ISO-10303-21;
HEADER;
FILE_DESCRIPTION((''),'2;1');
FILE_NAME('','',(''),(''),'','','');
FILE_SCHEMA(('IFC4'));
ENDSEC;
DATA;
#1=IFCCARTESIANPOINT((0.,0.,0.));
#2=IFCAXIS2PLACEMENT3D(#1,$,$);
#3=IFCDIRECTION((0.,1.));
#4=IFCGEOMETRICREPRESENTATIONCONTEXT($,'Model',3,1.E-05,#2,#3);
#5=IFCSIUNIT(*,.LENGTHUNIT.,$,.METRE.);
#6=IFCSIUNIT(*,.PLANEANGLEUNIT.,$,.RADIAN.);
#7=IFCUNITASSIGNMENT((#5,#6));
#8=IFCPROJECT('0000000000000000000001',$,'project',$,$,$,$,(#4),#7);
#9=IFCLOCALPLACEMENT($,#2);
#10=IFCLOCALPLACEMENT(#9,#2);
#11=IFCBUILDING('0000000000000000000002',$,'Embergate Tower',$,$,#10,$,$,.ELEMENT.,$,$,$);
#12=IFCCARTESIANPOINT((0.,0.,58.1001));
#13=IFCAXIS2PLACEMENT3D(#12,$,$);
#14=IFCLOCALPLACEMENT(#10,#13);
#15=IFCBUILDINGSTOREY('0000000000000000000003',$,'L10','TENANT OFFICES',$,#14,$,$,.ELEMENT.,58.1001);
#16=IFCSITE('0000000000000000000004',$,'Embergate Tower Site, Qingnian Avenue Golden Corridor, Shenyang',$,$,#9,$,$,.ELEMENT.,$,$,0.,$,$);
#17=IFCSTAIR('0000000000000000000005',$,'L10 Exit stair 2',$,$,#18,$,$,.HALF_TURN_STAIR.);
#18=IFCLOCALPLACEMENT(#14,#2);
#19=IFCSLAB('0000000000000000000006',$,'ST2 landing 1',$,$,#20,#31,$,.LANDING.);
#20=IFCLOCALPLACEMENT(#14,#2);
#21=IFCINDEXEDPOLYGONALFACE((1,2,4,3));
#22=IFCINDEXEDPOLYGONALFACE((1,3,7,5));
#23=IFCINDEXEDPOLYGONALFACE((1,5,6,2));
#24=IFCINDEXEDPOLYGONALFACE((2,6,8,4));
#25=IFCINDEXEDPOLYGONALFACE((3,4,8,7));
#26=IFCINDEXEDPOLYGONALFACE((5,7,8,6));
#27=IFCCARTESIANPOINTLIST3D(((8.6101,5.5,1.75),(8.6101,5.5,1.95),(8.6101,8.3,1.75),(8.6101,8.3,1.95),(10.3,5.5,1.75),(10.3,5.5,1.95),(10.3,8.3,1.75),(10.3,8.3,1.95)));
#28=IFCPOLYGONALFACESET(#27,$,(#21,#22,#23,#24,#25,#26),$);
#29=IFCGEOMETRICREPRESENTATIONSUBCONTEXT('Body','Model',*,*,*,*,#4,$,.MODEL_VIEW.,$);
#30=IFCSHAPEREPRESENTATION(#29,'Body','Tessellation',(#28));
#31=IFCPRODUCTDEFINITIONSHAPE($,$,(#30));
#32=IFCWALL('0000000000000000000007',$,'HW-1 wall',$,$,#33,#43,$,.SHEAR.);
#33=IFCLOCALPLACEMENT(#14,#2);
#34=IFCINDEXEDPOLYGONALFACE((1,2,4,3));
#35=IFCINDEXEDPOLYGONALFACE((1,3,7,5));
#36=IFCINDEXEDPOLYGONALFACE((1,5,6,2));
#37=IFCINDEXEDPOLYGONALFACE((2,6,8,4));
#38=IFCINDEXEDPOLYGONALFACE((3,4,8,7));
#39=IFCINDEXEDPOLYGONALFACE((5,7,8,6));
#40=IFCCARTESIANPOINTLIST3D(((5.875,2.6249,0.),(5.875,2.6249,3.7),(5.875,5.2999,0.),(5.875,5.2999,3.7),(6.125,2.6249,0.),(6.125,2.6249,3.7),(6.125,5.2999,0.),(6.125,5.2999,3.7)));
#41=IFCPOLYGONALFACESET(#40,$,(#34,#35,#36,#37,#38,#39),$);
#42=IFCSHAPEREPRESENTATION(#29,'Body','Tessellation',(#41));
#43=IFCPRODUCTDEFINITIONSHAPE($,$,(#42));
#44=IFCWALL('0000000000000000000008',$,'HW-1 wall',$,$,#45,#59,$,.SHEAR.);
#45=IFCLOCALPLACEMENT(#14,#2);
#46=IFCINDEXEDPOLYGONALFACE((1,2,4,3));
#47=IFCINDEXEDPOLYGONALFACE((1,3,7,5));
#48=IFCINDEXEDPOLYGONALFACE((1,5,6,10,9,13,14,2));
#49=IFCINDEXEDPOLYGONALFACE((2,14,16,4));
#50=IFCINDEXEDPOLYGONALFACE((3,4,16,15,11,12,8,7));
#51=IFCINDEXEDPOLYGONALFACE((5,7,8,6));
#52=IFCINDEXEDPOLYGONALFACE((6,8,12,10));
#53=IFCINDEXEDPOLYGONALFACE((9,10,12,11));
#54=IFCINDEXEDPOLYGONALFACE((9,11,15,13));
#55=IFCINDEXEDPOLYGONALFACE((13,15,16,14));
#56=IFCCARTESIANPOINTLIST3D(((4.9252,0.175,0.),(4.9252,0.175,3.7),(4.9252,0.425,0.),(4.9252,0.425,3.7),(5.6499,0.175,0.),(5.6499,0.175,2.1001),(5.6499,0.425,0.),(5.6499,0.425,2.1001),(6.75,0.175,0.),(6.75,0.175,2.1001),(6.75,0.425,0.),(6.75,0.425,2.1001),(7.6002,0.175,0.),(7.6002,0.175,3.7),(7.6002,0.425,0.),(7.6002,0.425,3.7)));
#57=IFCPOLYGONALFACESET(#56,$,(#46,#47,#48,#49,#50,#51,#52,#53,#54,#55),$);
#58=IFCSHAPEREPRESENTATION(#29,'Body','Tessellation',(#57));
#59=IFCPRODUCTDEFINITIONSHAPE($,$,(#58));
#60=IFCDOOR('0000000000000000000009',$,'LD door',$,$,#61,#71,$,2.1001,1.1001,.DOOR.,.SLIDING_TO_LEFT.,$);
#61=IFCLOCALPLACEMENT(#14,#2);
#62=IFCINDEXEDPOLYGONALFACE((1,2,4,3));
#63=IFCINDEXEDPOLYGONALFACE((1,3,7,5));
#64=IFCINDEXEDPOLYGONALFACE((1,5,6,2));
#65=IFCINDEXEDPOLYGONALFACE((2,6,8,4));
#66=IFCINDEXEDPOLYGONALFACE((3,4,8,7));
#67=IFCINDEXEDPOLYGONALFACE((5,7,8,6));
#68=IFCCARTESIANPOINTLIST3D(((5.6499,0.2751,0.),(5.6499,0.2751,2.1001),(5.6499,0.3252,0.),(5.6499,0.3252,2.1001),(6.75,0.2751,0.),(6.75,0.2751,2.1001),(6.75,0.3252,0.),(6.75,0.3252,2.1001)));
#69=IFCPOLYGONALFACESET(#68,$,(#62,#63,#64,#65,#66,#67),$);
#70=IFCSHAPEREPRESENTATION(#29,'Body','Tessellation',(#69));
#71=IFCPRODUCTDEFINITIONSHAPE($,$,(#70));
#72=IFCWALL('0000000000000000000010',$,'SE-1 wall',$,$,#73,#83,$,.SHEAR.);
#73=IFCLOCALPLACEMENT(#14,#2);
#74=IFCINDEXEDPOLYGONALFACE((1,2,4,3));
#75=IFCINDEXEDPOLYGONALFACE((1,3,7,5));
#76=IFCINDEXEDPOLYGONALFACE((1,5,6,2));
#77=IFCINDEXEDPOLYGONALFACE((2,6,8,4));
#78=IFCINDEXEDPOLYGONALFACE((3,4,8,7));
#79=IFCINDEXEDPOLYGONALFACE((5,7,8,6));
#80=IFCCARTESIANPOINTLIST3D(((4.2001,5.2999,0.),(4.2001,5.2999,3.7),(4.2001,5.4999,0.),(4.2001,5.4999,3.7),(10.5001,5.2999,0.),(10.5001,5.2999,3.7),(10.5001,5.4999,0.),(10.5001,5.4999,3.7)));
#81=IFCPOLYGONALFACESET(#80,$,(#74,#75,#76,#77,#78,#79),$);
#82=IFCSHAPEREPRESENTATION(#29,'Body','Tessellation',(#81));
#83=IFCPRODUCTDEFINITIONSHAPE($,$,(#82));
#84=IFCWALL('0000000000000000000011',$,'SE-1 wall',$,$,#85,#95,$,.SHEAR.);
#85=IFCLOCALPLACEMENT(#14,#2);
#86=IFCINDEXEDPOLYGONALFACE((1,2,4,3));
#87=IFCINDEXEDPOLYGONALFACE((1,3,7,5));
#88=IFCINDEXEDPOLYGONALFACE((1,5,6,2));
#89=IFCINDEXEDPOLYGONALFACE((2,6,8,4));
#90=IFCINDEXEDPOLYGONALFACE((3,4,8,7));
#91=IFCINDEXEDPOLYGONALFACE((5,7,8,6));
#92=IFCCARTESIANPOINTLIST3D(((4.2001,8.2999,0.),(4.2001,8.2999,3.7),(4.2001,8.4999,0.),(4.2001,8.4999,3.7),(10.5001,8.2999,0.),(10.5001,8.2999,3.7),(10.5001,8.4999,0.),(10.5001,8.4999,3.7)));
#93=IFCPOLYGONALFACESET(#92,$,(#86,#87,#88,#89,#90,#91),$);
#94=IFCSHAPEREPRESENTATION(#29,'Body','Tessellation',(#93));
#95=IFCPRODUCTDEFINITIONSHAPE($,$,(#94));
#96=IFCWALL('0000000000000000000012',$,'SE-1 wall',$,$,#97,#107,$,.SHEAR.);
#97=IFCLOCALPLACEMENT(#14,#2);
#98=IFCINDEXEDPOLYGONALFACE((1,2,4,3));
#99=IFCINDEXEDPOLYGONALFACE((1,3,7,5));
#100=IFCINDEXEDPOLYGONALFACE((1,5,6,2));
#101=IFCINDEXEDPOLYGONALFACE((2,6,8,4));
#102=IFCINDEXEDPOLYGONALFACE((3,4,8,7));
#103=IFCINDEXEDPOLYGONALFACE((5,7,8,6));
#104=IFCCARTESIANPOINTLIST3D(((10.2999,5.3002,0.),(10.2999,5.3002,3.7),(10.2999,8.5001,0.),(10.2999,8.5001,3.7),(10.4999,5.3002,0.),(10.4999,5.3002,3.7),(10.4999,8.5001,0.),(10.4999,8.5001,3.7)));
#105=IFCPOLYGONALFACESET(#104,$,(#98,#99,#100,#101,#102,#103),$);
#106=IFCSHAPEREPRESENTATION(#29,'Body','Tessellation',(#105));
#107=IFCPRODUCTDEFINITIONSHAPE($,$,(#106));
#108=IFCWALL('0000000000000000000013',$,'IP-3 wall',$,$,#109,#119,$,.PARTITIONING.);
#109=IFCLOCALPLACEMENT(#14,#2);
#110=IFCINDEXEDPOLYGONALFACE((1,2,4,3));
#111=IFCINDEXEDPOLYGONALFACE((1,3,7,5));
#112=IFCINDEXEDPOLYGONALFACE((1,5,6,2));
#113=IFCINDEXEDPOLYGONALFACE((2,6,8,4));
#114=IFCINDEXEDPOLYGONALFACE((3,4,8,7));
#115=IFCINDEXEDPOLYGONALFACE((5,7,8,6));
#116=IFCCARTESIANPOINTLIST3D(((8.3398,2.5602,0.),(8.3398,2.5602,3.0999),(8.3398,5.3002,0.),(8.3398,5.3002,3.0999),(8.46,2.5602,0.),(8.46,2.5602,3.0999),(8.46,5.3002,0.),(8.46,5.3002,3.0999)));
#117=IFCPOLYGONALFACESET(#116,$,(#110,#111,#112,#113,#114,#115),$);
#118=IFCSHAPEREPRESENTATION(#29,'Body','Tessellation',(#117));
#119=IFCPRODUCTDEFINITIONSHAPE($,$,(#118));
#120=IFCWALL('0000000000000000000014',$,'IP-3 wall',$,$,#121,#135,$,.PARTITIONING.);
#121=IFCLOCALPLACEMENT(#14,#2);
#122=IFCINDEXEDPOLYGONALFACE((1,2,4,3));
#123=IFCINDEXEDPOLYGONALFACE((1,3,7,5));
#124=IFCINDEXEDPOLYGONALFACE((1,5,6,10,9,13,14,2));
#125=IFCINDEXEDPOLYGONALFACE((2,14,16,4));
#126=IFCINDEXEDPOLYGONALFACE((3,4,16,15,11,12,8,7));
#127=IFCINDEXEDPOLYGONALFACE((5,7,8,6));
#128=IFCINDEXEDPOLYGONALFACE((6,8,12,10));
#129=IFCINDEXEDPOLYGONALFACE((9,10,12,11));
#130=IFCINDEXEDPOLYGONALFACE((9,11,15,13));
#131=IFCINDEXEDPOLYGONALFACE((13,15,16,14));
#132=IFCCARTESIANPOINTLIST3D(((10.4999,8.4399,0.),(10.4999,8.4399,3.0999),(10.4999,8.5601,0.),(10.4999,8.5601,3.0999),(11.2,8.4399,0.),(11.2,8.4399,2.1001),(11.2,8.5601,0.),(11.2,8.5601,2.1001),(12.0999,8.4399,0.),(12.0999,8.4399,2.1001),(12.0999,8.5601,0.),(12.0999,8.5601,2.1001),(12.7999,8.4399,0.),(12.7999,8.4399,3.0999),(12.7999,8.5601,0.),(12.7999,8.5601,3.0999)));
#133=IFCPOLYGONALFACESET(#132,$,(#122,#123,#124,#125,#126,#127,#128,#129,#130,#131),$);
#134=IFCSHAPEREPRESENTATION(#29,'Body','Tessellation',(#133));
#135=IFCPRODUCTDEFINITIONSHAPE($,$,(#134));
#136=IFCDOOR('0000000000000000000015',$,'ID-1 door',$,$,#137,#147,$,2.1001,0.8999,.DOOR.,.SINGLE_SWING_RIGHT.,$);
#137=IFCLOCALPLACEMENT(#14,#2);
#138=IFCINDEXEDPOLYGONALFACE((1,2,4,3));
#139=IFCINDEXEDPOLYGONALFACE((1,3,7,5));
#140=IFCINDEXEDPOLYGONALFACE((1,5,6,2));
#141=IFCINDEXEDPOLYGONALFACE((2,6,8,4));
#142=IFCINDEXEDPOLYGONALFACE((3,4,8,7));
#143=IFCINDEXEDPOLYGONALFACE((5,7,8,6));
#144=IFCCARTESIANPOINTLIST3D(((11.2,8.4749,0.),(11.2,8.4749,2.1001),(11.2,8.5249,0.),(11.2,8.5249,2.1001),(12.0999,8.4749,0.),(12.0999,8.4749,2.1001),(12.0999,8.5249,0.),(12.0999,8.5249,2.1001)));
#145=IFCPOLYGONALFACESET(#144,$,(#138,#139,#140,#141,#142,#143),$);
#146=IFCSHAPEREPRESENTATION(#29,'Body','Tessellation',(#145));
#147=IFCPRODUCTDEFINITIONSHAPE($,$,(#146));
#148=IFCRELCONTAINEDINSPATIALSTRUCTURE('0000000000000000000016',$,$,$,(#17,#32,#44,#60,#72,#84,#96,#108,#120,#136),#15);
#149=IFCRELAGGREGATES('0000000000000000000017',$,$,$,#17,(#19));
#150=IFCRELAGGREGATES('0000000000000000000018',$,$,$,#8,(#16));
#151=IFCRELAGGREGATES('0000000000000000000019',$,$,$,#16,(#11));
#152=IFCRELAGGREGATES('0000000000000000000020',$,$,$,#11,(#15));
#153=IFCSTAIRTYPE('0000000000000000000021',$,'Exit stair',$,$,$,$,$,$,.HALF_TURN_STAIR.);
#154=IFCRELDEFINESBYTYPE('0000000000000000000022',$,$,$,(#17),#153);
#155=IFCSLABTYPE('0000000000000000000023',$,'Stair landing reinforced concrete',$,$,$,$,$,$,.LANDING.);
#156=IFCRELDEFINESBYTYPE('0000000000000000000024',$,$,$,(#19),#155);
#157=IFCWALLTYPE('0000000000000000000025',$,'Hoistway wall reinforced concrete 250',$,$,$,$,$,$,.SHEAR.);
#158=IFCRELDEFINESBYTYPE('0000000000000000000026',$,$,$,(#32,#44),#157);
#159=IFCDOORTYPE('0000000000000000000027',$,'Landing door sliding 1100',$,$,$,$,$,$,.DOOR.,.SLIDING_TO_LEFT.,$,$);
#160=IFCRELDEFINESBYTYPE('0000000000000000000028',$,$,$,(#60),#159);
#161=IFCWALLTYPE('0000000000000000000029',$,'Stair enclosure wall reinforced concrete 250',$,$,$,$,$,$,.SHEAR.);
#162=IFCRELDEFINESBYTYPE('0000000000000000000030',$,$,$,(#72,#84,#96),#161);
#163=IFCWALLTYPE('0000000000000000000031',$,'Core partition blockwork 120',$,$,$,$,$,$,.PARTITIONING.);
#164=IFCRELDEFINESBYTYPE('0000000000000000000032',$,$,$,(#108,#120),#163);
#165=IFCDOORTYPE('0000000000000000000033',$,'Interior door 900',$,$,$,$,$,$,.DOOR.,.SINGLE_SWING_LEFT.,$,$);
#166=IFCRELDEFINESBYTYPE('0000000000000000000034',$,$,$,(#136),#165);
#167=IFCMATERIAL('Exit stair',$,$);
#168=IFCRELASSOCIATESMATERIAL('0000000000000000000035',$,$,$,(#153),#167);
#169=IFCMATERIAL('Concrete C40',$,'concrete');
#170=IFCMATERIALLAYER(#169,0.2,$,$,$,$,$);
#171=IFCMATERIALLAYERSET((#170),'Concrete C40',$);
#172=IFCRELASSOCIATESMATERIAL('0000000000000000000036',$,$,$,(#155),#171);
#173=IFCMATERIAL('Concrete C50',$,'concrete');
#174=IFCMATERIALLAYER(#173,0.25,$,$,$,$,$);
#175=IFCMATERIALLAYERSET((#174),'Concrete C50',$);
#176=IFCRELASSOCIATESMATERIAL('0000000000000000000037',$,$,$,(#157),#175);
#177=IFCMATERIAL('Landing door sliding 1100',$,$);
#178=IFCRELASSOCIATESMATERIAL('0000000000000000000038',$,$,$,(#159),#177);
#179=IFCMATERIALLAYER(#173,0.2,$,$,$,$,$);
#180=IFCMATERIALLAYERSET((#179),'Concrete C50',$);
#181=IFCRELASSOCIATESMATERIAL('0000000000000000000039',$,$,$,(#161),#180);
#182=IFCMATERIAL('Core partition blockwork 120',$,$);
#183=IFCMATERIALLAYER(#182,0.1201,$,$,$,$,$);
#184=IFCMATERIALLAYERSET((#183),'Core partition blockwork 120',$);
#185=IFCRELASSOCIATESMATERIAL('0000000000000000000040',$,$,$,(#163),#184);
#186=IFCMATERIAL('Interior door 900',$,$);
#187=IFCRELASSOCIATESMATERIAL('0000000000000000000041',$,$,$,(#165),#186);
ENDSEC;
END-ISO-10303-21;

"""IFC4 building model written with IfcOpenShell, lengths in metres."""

from ifc_helpers import new_model, si_unit, direction, frame, frame_2d, origin, place, context, subcontext, project, spatial, polyline, rectangle, outline, extrude, source, transform, mapped, material, layer, layer_set, type_object, element, fill, aggregate, save


model = new_model("IFC4")

# Units and contexts
model_context = context("Model", 3, precision=1e-05, world=origin(), true_north=direction((0.0, 1.0)))
body_context = subcontext(model_context, "Body", "Model", "MODEL_VIEW")
ifc_project = project(units=[si_unit("LENGTHUNIT", "METRE"), si_unit("PLANEANGLEUNIT", "RADIAN")], contexts=[model_context])

# Site, building, storey
site_placement = place(None, origin())
site = spatial("IfcSite", under=ifc_project, at=site_placement, Name="Embergate Tower Site, Qingnian Avenue Golden Corridor, Shenyang", CompositionType="ELEMENT", RefElevation=0.0)
building_placement = place(site_placement, origin())
building = spatial("IfcBuilding", under=site, at=building_placement, Name="Embergate Tower", CompositionType="ELEMENT")
storey_placement = place(building_placement, frame((0.0, 0.0, 58.1001)))
storey = spatial("IfcBuildingStorey", under=building, at=storey_placement, Name="L10", Description="TENANT OFFICES", CompositionType="ELEMENT", Elevation=58.1001)

# Stair, slab
ifc_material_1 = material(Name="Exit stair")
stair_type = type_object("IfcStairType", Name="Exit stair", PredefinedType="HALF_TURN_STAIR", material=ifc_material_1)
stair_placement = place(storey_placement, origin())
stair = element("IfcStair", 1, at=stair_placement, inside=storey, type_object=stair_type, Name="L10 Exit stair 2", PredefinedType="HALF_TURN_STAIR")
ifc_material_2 = material(Name="Concrete C40", Category="concrete")
ifc_layer_1 = layer(ifc_material_2, 0.2)
ifc_layer_set_1 = layer_set([ifc_layer_1], Name="Concrete C40")
slab_type = type_object("IfcSlabType", Name="Stair landing reinforced concrete", PredefinedType="LANDING", material=ifc_layer_set_1)
shared_shape_1 = source(origin(), body_context, "Body", "SweptSolid", [
    extrude(outline(polyline([(0.0, 0.0), (1.6899, 0.0), (1.6899, 2.8), (0.0, 2.8), (0.0, 0.0)])), origin(), (0.0, 0.0, 1.0), 0.2),
])
slab_placement = place(storey_placement, frame((8.6101, 5.5, 1.75)))
slab = element("IfcSlab", 2, at=slab_placement, type_object=slab_type, Name="ST2 landing 1", PredefinedType="LANDING", context=body_context, shape_type="MappedRepresentation", body=[
    mapped(shared_shape_1, transform((0.0, 0.0, 0.0))),
])

# Wall
ifc_material_3 = material(Name="Concrete C50", Category="concrete")
ifc_layer_2 = layer(ifc_material_3, 0.25)
ifc_layer_set_2 = layer_set([ifc_layer_2], Name="Concrete C50")
wall_type_1 = type_object("IfcWallType", Name="Hoistway wall reinforced concrete 250", PredefinedType="SHEAR", material=ifc_layer_set_2)
shared_shape_2 = source(origin(), body_context, "Body", "SweptSolid", [
    extrude(rectangle(XDim=2.675, YDim=0.25, at=frame_2d((1.3374, 0.0))), origin(), (0.0, 0.0, 1.0), 3.7),
])
wall_1_placement = place(storey_placement, frame((6.0, 2.625, 0.0), z_axis=(0.0, 0.0, 1.0), x_axis=(0.0, 1.0, 0.0)))
element("IfcWall", 3, at=wall_1_placement, inside=storey, type_object=wall_type_1, Name="HW-1 wall", PredefinedType="SHEAR", context=body_context, shape_type="MappedRepresentation", body=[
    mapped(shared_shape_2, transform((0.0, 0.0, 0.0))),
])

# Wall, opening, door
wall_2_placement = place(storey_placement, frame((7.6001, 0.3, 0.0), z_axis=(0.0, 0.0, 1.0), x_axis=(-1.0, 0.0, 0.0)))
wall_2 = element("IfcWall", 4, at=wall_2_placement, inside=storey, type_object=wall_type_1, Name="HW-1 wall", PredefinedType="SHEAR", context=body_context, shape_type="MappedRepresentation", body=[
    mapped(shared_shape_2, transform((0.0, 0.0, 0.0))),
])
shared_shape_3 = source(origin(), body_context, "Body", "SweptSolid", [
    extrude(rectangle(XDim=1.1001, YDim=2.1001, at=frame_2d((0.55, 1.05))), frame((0.0, 0.135, 0.0), z_axis=(0.0, -1.0, 0.0), x_axis=(1.0, 0.0, 0.0)), (0.0, 0.0, 1.0), 0.27),
])
opening_1_placement = place(wall_2_placement, frame((0.8501, 0.0, 0.0)))
opening_1 = element("IfcOpeningElement", 5, at=opening_1_placement, cuts=wall_2, PredefinedType="OPENING", context=body_context, shape_type="MappedRepresentation", body=[
    mapped(shared_shape_3, transform((0.0, 0.0, 0.0))),
])
ifc_material_4 = material(Name="Landing door sliding 1100")
door_type_1 = type_object("IfcDoorType", Name="Landing door sliding 1100", OperationType="SLIDING_TO_LEFT", PredefinedType="DOOR", material=ifc_material_4)
shared_shape_4 = source(origin(), body_context, "Body", "SweptSolid", [
    extrude(rectangle(XDim=1.1001, YDim=2.1001, at=frame_2d((0.55, 1.05))), frame((0.0, 0.0249, 0.0), z_axis=(0.0, -1.0, 0.0), x_axis=(1.0, 0.0, 0.0)), (0.0, 0.0, 1.0), 0.05),
])
door_1_placement = place(opening_1_placement, origin())
door_1 = element("IfcDoor", 6, at=door_1_placement, inside=storey, type_object=door_type_1, Name="LD door", OperationType="SLIDING_TO_LEFT", OverallHeight=2.1001, OverallWidth=1.1001, PredefinedType="DOOR", context=body_context, shape_type="MappedRepresentation", body=[
    mapped(shared_shape_4, transform((0.0, 0.0, 0.0))),
])
fill(opening_1, door_1)

# Walls
ifc_layer_3 = layer(ifc_material_3, 0.2)
ifc_layer_set_3 = layer_set([ifc_layer_3], Name="Concrete C50")
wall_type_2 = type_object("IfcWallType", Name="Stair enclosure wall reinforced concrete 250", PredefinedType="SHEAR", material=ifc_layer_set_3)
shared_shape_5 = source(origin(), body_context, "Body", "SweptSolid", [
    extrude(rectangle(XDim=6.3, YDim=0.2, at=frame_2d((3.1499, 0.0))), origin(), (0.0, 0.0, 1.0), 3.7),
])
for number, where, z_axis, x_axis, name in (
    (7, (10.5, 5.3999, 0.0), (0.0, 0.0, 1.0), (-1.0, 0.0, 0.0), "SE-1 wall"),
    (8, (10.5, 8.3999, 0.0), (0.0, 0.0, 1.0), (-1.0, 0.0, 0.0), "SE-1 wall"),
):
    element("IfcWall", number, at=place(storey_placement, frame(where, z_axis=z_axis, x_axis=x_axis)), inside=storey, type_object=wall_type_2, Name=name, PredefinedType="SHEAR", context=body_context, shape_type="MappedRepresentation", body=[
        mapped(shared_shape_5, transform((0.0, 0.0, 0.0))),
    ])
shared_shape_6 = source(origin(), body_context, "Body", "SweptSolid", [
    extrude(rectangle(XDim=3.2, YDim=0.2, at=frame_2d((1.6001, 0.0))), origin(), (0.0, 0.0, 1.0), 3.7),
])
wall_3_placement = place(storey_placement, frame((10.3999, 5.3, 0.0), z_axis=(0.0, 0.0, 1.0), x_axis=(0.0, 1.0, 0.0)))
element("IfcWall", 9, at=wall_3_placement, inside=storey, type_object=wall_type_2, Name="SE-1 wall", PredefinedType="SHEAR", context=body_context, shape_type="MappedRepresentation", body=[
    mapped(shared_shape_6, transform((0.0, 0.0, 0.0))),
])
ifc_material_5 = material(Name="Core partition blockwork 120")
ifc_layer_4 = layer(ifc_material_5, 0.1201)
ifc_layer_set_4 = layer_set([ifc_layer_4], Name="Core partition blockwork 120")
wall_type_3 = type_object("IfcWallType", Name="Core partition blockwork 120", PredefinedType="PARTITIONING", material=ifc_layer_set_4)
shared_shape_7 = source(origin(), body_context, "Body", "SweptSolid", [
    extrude(rectangle(XDim=2.74, YDim=0.1201, at=frame_2d((1.3701, 0.0))), origin(), (0.0, 0.0, 1.0), 3.0999),
])
wall_4_placement = place(storey_placement, frame((8.3999, 2.5601, 0.0), z_axis=(0.0, 0.0, 1.0), x_axis=(0.0, 1.0, 0.0)))
element("IfcWall", 10, at=wall_4_placement, inside=storey, type_object=wall_type_3, Name="IP-3 wall", PredefinedType="PARTITIONING", context=body_context, shape_type="MappedRepresentation", body=[
    mapped(shared_shape_7, transform((0.0, 0.0, 0.0))),
])

# Wall, opening, door
shared_shape_8 = source(origin(), body_context, "Body", "SweptSolid", [
    extrude(rectangle(XDim=2.3, YDim=0.1201, at=frame_2d((1.1499, 0.0))), origin(), (0.0, 0.0, 1.0), 3.0999),
])
wall_5_placement = place(storey_placement, frame((10.5, 8.5, 0.0), z_axis=(0.0, 0.0, 1.0), x_axis=(1.0, 0.0, 0.0)))
wall_5 = element("IfcWall", 11, at=wall_5_placement, inside=storey, type_object=wall_type_3, Name="IP-3 wall", PredefinedType="PARTITIONING", context=body_context, shape_type="MappedRepresentation", body=[
    mapped(shared_shape_8, transform((0.0, 0.0, 0.0))),
])
shared_shape_9 = source(origin(), body_context, "Body", "SweptSolid", [
    extrude(rectangle(XDim=0.8999, YDim=2.1001, at=frame_2d((0.45, 1.05))), frame((0.0, 0.0701, 0.0), z_axis=(0.0, -1.0, 0.0), x_axis=(1.0, 0.0, 0.0)), (0.0, 0.0, 1.0), 0.1401),
])
opening_2_placement = place(wall_5_placement, frame((0.7, 0.0, 0.0)))
opening_2 = element("IfcOpeningElement", 12, at=opening_2_placement, cuts=wall_5, PredefinedType="OPENING", context=body_context, shape_type="MappedRepresentation", body=[
    mapped(shared_shape_9, transform((0.0, 0.0, 0.0))),
])
ifc_material_6 = material(Name="Interior door 900")
door_type_2 = type_object("IfcDoorType", Name="Interior door 900", OperationType="SINGLE_SWING_LEFT", PredefinedType="DOOR", material=ifc_material_6)
shared_shape_10 = source(origin(), body_context, "Body", "SweptSolid", [
    extrude(rectangle(XDim=0.8999, YDim=2.1001, at=frame_2d((0.45, 1.05))), frame((0.0, 0.0249, 0.0), z_axis=(0.0, -1.0, 0.0), x_axis=(1.0, 0.0, 0.0)), (0.0, 0.0, 1.0), 0.05),
])
door_2_placement = place(opening_2_placement, origin())
door_2 = element("IfcDoor", 13, at=door_2_placement, inside=storey, type_object=door_type_2, Name="ID-1 door", OperationType="SINGLE_SWING_RIGHT", OverallHeight=2.1001, OverallWidth=0.8999, PredefinedType="DOOR", context=body_context, shape_type="MappedRepresentation", body=[
    mapped(shared_shape_10, transform((0.0, 0.0, 0.0))),
])
fill(opening_2, door_2)

aggregate(stair, [slab])

save(model, "model.ifc")
